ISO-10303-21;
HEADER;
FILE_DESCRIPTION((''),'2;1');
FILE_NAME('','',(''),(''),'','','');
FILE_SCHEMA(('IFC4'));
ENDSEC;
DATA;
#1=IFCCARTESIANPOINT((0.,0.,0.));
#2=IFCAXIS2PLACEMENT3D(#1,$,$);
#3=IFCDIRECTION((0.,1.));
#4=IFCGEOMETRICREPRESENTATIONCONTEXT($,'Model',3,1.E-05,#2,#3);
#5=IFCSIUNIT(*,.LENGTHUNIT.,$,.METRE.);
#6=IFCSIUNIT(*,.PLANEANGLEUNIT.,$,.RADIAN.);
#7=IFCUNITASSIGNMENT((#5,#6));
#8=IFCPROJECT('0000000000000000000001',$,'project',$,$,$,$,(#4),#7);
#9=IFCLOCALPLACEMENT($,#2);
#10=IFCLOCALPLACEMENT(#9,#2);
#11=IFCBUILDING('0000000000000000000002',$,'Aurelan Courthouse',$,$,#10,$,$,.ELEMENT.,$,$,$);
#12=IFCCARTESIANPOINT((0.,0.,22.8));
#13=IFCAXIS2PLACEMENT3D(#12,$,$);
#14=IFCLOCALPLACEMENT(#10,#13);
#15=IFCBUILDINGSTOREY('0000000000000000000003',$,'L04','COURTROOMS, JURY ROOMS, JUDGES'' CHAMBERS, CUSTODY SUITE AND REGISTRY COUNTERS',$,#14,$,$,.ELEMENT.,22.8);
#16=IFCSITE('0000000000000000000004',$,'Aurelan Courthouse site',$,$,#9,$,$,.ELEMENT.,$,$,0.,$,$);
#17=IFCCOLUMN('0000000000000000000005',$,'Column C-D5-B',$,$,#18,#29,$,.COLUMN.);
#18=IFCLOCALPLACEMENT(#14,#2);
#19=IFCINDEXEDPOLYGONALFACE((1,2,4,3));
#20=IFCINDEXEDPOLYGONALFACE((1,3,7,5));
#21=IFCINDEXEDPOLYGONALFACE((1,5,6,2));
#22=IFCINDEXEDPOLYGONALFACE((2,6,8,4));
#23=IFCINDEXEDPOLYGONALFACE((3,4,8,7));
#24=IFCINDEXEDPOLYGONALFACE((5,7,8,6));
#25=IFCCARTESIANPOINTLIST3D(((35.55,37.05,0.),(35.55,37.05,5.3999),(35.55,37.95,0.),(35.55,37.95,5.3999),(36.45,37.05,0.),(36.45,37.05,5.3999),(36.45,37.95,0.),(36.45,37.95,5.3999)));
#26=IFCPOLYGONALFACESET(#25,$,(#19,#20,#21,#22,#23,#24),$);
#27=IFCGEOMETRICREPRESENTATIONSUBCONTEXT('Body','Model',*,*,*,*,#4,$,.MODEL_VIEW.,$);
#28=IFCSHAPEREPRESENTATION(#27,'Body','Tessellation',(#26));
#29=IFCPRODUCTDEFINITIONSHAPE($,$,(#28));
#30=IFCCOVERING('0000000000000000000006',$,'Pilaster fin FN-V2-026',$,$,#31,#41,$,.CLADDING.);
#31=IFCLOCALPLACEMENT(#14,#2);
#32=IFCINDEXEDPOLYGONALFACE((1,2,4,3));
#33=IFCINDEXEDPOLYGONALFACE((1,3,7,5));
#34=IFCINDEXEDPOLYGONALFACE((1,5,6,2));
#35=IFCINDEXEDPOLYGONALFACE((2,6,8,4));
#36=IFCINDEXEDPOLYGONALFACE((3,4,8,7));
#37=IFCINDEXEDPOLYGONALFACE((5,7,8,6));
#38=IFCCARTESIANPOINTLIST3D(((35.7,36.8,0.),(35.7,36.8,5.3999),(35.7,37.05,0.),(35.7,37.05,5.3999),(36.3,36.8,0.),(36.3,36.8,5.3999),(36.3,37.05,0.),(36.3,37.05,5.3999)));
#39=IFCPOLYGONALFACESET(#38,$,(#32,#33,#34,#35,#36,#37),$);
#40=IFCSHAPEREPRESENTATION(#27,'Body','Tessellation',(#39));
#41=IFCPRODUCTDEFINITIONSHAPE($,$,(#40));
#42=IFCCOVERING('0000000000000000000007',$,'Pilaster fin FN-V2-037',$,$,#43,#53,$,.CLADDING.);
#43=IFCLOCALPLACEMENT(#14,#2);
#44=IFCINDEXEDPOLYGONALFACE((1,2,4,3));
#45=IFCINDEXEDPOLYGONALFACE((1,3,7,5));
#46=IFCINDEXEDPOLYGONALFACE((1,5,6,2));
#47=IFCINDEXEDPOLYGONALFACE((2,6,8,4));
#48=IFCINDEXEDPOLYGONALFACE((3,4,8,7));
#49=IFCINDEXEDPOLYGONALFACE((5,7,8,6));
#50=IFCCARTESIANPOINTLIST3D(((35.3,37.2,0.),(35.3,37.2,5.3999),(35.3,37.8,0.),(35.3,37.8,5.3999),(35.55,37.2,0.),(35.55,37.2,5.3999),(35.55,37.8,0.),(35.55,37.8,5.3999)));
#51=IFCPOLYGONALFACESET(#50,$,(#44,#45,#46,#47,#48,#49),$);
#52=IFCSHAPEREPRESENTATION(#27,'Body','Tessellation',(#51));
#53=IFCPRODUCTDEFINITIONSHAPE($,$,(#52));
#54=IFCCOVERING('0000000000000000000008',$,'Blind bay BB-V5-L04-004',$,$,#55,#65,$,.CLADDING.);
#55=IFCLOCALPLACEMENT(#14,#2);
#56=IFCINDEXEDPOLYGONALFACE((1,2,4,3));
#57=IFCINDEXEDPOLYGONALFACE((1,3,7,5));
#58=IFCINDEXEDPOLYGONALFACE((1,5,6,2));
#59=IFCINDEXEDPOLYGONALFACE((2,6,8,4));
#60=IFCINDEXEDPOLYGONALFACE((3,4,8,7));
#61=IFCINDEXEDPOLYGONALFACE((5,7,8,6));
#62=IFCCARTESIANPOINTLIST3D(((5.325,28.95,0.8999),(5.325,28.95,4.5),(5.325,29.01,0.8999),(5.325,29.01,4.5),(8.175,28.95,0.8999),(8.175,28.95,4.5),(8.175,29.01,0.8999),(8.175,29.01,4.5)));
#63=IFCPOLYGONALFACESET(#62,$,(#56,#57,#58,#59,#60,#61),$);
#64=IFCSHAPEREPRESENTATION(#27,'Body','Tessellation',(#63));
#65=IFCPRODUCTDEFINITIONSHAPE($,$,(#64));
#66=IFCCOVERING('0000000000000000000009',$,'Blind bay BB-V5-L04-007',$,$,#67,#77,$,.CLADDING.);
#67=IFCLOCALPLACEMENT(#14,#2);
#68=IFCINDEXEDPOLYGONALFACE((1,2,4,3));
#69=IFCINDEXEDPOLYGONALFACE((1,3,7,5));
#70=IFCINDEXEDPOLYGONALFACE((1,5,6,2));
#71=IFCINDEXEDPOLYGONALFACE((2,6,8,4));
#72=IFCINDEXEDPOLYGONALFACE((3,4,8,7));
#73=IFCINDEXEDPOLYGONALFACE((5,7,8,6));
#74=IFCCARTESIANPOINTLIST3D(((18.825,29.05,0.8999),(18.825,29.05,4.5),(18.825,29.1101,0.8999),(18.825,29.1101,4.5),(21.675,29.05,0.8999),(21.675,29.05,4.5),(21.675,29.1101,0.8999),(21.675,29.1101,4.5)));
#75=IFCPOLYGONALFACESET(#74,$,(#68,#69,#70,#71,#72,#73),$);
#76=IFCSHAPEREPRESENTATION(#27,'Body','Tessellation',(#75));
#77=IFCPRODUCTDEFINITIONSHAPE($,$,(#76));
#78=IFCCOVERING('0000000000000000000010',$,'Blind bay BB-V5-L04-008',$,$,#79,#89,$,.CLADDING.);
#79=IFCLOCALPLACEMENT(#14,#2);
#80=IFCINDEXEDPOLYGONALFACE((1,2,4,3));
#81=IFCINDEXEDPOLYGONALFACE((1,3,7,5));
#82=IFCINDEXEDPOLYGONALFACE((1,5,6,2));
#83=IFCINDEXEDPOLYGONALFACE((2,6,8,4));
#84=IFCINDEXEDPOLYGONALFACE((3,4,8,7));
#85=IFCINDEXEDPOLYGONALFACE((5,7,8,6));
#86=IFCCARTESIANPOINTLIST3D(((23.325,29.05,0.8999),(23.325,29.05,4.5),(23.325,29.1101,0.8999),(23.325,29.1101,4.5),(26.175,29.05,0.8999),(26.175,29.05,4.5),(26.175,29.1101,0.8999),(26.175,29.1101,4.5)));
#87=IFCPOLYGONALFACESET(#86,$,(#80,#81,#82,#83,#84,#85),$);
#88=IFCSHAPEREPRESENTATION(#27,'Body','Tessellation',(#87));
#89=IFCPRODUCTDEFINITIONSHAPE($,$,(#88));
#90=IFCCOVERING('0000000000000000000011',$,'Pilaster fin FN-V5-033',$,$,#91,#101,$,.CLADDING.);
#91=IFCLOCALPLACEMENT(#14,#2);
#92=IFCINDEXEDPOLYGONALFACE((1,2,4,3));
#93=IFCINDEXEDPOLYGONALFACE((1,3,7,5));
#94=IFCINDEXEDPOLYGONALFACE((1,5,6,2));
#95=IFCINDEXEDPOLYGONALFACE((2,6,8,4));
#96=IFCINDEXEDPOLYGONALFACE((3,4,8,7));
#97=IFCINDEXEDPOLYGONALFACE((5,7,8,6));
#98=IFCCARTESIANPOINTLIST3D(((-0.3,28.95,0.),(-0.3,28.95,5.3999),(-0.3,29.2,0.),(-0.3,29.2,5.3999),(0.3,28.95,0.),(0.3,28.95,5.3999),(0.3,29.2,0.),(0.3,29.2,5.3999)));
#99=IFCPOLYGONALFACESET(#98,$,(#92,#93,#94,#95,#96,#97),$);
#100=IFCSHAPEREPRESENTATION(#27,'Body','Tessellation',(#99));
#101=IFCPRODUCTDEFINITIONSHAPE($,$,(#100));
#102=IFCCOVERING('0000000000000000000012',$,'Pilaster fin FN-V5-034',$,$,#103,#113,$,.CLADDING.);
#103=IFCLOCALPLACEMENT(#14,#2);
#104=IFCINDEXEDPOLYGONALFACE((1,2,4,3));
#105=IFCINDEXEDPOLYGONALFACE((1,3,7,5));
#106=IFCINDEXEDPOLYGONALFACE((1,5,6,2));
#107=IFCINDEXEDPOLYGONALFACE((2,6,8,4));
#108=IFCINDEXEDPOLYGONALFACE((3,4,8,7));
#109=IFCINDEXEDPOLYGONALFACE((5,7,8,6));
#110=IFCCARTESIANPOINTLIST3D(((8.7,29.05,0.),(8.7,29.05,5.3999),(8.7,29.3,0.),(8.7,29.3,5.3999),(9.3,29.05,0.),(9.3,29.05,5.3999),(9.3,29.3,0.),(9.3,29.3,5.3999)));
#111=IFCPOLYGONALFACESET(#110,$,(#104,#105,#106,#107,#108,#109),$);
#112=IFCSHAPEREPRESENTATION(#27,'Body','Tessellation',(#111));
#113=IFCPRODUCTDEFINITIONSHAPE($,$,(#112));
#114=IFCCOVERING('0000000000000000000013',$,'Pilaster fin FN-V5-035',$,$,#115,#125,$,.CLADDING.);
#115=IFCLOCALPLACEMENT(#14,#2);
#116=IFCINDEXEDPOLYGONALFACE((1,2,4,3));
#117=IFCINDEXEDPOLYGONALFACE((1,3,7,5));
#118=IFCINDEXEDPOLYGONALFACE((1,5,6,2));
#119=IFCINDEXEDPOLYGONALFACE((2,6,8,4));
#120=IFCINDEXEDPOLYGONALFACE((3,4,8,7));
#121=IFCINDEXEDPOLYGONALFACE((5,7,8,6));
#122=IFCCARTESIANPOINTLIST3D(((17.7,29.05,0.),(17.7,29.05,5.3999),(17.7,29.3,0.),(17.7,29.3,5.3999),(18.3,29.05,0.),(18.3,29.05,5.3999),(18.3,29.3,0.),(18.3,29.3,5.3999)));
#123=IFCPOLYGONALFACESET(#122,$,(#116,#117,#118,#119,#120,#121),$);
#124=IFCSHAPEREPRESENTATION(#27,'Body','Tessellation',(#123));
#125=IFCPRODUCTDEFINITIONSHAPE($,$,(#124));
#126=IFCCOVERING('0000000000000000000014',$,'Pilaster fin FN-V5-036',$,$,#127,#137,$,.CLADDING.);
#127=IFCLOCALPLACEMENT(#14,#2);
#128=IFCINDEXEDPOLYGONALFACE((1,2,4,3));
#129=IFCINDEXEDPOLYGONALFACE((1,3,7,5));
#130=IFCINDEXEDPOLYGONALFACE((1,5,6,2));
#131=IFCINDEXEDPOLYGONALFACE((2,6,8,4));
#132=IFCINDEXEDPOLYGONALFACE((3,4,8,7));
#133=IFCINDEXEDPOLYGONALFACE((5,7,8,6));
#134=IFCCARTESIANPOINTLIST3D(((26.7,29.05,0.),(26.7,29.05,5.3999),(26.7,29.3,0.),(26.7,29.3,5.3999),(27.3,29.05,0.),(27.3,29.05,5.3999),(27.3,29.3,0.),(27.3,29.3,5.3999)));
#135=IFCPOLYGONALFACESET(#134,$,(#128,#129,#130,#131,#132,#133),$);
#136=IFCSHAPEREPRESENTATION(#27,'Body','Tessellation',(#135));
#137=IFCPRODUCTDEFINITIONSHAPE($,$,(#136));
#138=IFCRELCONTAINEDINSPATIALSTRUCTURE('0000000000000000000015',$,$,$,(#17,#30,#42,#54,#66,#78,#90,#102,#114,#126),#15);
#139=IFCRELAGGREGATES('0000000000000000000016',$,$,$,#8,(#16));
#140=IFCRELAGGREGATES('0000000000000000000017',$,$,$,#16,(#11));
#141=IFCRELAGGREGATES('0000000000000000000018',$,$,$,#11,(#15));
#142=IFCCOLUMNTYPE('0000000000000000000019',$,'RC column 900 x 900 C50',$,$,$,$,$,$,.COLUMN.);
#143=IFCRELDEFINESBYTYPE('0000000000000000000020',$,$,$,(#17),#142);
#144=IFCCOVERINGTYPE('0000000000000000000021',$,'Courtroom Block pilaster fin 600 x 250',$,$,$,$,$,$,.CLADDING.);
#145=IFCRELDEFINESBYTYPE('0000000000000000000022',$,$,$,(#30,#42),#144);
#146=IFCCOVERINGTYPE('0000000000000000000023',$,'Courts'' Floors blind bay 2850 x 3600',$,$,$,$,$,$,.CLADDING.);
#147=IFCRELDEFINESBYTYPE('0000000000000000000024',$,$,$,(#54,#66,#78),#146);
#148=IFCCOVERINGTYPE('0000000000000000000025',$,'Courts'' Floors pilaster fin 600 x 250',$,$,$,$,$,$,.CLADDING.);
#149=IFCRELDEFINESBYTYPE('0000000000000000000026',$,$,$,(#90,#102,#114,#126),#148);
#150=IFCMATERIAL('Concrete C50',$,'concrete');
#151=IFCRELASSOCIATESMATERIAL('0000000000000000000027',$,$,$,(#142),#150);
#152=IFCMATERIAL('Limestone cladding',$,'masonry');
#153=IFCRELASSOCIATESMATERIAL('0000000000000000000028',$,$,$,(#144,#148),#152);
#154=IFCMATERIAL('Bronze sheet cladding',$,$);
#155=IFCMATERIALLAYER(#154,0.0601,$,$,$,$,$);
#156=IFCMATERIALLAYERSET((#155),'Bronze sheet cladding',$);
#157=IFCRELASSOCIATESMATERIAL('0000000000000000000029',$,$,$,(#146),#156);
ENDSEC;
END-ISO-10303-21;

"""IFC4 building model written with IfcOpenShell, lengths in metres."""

from ifc_helpers import new_model, si_unit, direction, frame, origin, origin_2d, place, context, subcontext, project, spatial, rectangle, extrude, material, layer, layer_set, material_profile, profile_set, type_object, element, save


model = new_model("IFC4")

# Units and contexts
model_context = context("Model", 3, precision=1e-05, world=origin(), true_north=direction((0.0, 1.0)))
body_context = subcontext(model_context, "Body", "Model", "MODEL_VIEW")
ifc_project = project(units=[si_unit("LENGTHUNIT", "METRE"), si_unit("PLANEANGLEUNIT", "RADIAN")], contexts=[model_context])

# Site, building, storey
site_placement = place(None, origin())
site = spatial("IfcSite", under=ifc_project, at=site_placement, Name="Aurelan Courthouse site", CompositionType="ELEMENT", RefElevation=0.0)
building_placement = place(site_placement, origin())
building = spatial("IfcBuilding", under=site, at=building_placement, Name="Aurelan Courthouse", CompositionType="ELEMENT")
storey_placement = place(building_placement, frame((0.0, 0.0, 22.8)))
storey = spatial("IfcBuildingStorey", under=building, at=storey_placement, Name="L04", Description="COURTROOMS, JURY ROOMS, JUDGES' CHAMBERS, CUSTODY SUITE AND REGISTRY COUNTERS", CompositionType="ELEMENT", Elevation=22.8)

# Column
ifc_material_1 = material(Name="Concrete C50", Category="concrete")
ifc_material_profile = material_profile(ifc_material_1, rectangle(XDim=0.8999, YDim=0.8999, at=origin_2d()), Name="RC 900 x 900")
ifc_profile_set = profile_set([ifc_material_profile], Name="Concrete C50")
column_type = type_object("IfcColumnType", Name="RC column 900 x 900 C50", PredefinedType="COLUMN", material=ifc_profile_set)
column_placement = place(storey_placement, frame((36.0, 37.5, 0.0), z_axis=(0.0, 0.0, 1.0), x_axis=(1.0, 0.0, 0.0)))
element("IfcColumn", 1, at=column_placement, inside=storey, type_object=column_type, Name="Column C-D5-B", PredefinedType="COLUMN", context=body_context, shape_type="SweptSolid", body=[
    extrude(rectangle(XDim=0.8999, YDim=0.8999, at=origin_2d()), origin(), (0.0, 0.0, 1.0), 5.3999),
])

# Coverings
ifc_material_2 = material(Name="Bronze sheet cladding")
ifc_material_3 = material(Name="Limestone cladding", Category="masonry")
covering_type_1 = type_object("IfcCoveringType", Name="Courtroom Block pilaster fin 600 x 250", PredefinedType="CLADDING", material=ifc_material_3)
covering_1_placement = place(storey_placement, frame((36.0, 36.925, 0.0), z_axis=(0.0, 0.0, 1.0), x_axis=(1.0, 0.0, 0.0)))
element("IfcCovering", 2, at=covering_1_placement, inside=storey, type_object=covering_type_1, Name="Pilaster fin FN-V2-026", PredefinedType="CLADDING", context=body_context, shape_type="SweptSolid", body=[
    extrude(rectangle(XDim=0.6001, YDim=0.25, at=origin_2d()), origin(), (0.0, 0.0, 1.0), 5.3999),
])
covering_2_placement = place(storey_placement, frame((35.425, 37.5, 0.0), z_axis=(0.0, 0.0, 1.0), x_axis=(1.0, 0.0, 0.0)))
element("IfcCovering", 3, at=covering_2_placement, inside=storey, type_object=covering_type_1, Name="Pilaster fin FN-V2-037", PredefinedType="CLADDING", context=body_context, shape_type="SweptSolid", body=[
    extrude(rectangle(XDim=0.25, YDim=0.6001, at=origin_2d()), origin(), (0.0, 0.0, 1.0), 5.3999),
])
ifc_layer_1 = layer(ifc_material_2, 0.0601)
ifc_layer_set_1 = layer_set([ifc_layer_1], Name="Bronze sheet cladding")
covering_type_2 = type_object("IfcCoveringType", Name="Courts' Floors blind bay 2850 x 3600", PredefinedType="CLADDING", material=ifc_layer_set_1)
for number, where, z_axis, x_axis, name in (
    (4, (6.75, 28.98, 0.8999), (0.0, 0.0, 1.0), (1.0, 0.0, 0.0), "Blind bay BB-V5-L04-004"),
    (5, (20.25, 29.0801, 0.8999), (0.0, 0.0, 1.0), (1.0, 0.0, 0.0), "Blind bay BB-V5-L04-007"),
    (6, (24.75, 29.0801, 0.8999), (0.0, 0.0, 1.0), (1.0, 0.0, 0.0), "Blind bay BB-V5-L04-008"),
):
    element("IfcCovering", number, at=place(storey_placement, frame(where, z_axis=z_axis, x_axis=x_axis)), inside=storey, type_object=covering_type_2, Name=name, PredefinedType="CLADDING", context=body_context, shape_type="SweptSolid", body=[
        extrude(rectangle(XDim=2.8501, YDim=0.0601, at=origin_2d()), origin(), (0.0, 0.0, 1.0), 3.6001),
    ])
covering_type_3 = type_object("IfcCoveringType", Name="Courts' Floors pilaster fin 600 x 250", PredefinedType="CLADDING", material=ifc_material_3)
for number, where, z_axis, x_axis, name in (
    (7, (0.0, 29.075, 0.0), (0.0, 0.0, 1.0), (1.0, 0.0, 0.0), "Pilaster fin FN-V5-033"),
    (8, (9.0, 29.175, 0.0), (0.0, 0.0, 1.0), (1.0, 0.0, 0.0), "Pilaster fin FN-V5-034"),
    (9, (18.0, 29.175, 0.0), (0.0, 0.0, 1.0), (1.0, 0.0, 0.0), "Pilaster fin FN-V5-035"),
    (10, (27.0, 29.175, 0.0), (0.0, 0.0, 1.0), (1.0, 0.0, 0.0), "Pilaster fin FN-V5-036"),
):
    element("IfcCovering", number, at=place(storey_placement, frame(where, z_axis=z_axis, x_axis=x_axis)), inside=storey, type_object=covering_type_3, Name=name, PredefinedType="CLADDING", context=body_context, shape_type="SweptSolid", body=[
        extrude(rectangle(XDim=0.6001, YDim=0.25, at=origin_2d()), origin(), (0.0, 0.0, 1.0), 5.3999),
    ])

save(model, "model.ifc")
